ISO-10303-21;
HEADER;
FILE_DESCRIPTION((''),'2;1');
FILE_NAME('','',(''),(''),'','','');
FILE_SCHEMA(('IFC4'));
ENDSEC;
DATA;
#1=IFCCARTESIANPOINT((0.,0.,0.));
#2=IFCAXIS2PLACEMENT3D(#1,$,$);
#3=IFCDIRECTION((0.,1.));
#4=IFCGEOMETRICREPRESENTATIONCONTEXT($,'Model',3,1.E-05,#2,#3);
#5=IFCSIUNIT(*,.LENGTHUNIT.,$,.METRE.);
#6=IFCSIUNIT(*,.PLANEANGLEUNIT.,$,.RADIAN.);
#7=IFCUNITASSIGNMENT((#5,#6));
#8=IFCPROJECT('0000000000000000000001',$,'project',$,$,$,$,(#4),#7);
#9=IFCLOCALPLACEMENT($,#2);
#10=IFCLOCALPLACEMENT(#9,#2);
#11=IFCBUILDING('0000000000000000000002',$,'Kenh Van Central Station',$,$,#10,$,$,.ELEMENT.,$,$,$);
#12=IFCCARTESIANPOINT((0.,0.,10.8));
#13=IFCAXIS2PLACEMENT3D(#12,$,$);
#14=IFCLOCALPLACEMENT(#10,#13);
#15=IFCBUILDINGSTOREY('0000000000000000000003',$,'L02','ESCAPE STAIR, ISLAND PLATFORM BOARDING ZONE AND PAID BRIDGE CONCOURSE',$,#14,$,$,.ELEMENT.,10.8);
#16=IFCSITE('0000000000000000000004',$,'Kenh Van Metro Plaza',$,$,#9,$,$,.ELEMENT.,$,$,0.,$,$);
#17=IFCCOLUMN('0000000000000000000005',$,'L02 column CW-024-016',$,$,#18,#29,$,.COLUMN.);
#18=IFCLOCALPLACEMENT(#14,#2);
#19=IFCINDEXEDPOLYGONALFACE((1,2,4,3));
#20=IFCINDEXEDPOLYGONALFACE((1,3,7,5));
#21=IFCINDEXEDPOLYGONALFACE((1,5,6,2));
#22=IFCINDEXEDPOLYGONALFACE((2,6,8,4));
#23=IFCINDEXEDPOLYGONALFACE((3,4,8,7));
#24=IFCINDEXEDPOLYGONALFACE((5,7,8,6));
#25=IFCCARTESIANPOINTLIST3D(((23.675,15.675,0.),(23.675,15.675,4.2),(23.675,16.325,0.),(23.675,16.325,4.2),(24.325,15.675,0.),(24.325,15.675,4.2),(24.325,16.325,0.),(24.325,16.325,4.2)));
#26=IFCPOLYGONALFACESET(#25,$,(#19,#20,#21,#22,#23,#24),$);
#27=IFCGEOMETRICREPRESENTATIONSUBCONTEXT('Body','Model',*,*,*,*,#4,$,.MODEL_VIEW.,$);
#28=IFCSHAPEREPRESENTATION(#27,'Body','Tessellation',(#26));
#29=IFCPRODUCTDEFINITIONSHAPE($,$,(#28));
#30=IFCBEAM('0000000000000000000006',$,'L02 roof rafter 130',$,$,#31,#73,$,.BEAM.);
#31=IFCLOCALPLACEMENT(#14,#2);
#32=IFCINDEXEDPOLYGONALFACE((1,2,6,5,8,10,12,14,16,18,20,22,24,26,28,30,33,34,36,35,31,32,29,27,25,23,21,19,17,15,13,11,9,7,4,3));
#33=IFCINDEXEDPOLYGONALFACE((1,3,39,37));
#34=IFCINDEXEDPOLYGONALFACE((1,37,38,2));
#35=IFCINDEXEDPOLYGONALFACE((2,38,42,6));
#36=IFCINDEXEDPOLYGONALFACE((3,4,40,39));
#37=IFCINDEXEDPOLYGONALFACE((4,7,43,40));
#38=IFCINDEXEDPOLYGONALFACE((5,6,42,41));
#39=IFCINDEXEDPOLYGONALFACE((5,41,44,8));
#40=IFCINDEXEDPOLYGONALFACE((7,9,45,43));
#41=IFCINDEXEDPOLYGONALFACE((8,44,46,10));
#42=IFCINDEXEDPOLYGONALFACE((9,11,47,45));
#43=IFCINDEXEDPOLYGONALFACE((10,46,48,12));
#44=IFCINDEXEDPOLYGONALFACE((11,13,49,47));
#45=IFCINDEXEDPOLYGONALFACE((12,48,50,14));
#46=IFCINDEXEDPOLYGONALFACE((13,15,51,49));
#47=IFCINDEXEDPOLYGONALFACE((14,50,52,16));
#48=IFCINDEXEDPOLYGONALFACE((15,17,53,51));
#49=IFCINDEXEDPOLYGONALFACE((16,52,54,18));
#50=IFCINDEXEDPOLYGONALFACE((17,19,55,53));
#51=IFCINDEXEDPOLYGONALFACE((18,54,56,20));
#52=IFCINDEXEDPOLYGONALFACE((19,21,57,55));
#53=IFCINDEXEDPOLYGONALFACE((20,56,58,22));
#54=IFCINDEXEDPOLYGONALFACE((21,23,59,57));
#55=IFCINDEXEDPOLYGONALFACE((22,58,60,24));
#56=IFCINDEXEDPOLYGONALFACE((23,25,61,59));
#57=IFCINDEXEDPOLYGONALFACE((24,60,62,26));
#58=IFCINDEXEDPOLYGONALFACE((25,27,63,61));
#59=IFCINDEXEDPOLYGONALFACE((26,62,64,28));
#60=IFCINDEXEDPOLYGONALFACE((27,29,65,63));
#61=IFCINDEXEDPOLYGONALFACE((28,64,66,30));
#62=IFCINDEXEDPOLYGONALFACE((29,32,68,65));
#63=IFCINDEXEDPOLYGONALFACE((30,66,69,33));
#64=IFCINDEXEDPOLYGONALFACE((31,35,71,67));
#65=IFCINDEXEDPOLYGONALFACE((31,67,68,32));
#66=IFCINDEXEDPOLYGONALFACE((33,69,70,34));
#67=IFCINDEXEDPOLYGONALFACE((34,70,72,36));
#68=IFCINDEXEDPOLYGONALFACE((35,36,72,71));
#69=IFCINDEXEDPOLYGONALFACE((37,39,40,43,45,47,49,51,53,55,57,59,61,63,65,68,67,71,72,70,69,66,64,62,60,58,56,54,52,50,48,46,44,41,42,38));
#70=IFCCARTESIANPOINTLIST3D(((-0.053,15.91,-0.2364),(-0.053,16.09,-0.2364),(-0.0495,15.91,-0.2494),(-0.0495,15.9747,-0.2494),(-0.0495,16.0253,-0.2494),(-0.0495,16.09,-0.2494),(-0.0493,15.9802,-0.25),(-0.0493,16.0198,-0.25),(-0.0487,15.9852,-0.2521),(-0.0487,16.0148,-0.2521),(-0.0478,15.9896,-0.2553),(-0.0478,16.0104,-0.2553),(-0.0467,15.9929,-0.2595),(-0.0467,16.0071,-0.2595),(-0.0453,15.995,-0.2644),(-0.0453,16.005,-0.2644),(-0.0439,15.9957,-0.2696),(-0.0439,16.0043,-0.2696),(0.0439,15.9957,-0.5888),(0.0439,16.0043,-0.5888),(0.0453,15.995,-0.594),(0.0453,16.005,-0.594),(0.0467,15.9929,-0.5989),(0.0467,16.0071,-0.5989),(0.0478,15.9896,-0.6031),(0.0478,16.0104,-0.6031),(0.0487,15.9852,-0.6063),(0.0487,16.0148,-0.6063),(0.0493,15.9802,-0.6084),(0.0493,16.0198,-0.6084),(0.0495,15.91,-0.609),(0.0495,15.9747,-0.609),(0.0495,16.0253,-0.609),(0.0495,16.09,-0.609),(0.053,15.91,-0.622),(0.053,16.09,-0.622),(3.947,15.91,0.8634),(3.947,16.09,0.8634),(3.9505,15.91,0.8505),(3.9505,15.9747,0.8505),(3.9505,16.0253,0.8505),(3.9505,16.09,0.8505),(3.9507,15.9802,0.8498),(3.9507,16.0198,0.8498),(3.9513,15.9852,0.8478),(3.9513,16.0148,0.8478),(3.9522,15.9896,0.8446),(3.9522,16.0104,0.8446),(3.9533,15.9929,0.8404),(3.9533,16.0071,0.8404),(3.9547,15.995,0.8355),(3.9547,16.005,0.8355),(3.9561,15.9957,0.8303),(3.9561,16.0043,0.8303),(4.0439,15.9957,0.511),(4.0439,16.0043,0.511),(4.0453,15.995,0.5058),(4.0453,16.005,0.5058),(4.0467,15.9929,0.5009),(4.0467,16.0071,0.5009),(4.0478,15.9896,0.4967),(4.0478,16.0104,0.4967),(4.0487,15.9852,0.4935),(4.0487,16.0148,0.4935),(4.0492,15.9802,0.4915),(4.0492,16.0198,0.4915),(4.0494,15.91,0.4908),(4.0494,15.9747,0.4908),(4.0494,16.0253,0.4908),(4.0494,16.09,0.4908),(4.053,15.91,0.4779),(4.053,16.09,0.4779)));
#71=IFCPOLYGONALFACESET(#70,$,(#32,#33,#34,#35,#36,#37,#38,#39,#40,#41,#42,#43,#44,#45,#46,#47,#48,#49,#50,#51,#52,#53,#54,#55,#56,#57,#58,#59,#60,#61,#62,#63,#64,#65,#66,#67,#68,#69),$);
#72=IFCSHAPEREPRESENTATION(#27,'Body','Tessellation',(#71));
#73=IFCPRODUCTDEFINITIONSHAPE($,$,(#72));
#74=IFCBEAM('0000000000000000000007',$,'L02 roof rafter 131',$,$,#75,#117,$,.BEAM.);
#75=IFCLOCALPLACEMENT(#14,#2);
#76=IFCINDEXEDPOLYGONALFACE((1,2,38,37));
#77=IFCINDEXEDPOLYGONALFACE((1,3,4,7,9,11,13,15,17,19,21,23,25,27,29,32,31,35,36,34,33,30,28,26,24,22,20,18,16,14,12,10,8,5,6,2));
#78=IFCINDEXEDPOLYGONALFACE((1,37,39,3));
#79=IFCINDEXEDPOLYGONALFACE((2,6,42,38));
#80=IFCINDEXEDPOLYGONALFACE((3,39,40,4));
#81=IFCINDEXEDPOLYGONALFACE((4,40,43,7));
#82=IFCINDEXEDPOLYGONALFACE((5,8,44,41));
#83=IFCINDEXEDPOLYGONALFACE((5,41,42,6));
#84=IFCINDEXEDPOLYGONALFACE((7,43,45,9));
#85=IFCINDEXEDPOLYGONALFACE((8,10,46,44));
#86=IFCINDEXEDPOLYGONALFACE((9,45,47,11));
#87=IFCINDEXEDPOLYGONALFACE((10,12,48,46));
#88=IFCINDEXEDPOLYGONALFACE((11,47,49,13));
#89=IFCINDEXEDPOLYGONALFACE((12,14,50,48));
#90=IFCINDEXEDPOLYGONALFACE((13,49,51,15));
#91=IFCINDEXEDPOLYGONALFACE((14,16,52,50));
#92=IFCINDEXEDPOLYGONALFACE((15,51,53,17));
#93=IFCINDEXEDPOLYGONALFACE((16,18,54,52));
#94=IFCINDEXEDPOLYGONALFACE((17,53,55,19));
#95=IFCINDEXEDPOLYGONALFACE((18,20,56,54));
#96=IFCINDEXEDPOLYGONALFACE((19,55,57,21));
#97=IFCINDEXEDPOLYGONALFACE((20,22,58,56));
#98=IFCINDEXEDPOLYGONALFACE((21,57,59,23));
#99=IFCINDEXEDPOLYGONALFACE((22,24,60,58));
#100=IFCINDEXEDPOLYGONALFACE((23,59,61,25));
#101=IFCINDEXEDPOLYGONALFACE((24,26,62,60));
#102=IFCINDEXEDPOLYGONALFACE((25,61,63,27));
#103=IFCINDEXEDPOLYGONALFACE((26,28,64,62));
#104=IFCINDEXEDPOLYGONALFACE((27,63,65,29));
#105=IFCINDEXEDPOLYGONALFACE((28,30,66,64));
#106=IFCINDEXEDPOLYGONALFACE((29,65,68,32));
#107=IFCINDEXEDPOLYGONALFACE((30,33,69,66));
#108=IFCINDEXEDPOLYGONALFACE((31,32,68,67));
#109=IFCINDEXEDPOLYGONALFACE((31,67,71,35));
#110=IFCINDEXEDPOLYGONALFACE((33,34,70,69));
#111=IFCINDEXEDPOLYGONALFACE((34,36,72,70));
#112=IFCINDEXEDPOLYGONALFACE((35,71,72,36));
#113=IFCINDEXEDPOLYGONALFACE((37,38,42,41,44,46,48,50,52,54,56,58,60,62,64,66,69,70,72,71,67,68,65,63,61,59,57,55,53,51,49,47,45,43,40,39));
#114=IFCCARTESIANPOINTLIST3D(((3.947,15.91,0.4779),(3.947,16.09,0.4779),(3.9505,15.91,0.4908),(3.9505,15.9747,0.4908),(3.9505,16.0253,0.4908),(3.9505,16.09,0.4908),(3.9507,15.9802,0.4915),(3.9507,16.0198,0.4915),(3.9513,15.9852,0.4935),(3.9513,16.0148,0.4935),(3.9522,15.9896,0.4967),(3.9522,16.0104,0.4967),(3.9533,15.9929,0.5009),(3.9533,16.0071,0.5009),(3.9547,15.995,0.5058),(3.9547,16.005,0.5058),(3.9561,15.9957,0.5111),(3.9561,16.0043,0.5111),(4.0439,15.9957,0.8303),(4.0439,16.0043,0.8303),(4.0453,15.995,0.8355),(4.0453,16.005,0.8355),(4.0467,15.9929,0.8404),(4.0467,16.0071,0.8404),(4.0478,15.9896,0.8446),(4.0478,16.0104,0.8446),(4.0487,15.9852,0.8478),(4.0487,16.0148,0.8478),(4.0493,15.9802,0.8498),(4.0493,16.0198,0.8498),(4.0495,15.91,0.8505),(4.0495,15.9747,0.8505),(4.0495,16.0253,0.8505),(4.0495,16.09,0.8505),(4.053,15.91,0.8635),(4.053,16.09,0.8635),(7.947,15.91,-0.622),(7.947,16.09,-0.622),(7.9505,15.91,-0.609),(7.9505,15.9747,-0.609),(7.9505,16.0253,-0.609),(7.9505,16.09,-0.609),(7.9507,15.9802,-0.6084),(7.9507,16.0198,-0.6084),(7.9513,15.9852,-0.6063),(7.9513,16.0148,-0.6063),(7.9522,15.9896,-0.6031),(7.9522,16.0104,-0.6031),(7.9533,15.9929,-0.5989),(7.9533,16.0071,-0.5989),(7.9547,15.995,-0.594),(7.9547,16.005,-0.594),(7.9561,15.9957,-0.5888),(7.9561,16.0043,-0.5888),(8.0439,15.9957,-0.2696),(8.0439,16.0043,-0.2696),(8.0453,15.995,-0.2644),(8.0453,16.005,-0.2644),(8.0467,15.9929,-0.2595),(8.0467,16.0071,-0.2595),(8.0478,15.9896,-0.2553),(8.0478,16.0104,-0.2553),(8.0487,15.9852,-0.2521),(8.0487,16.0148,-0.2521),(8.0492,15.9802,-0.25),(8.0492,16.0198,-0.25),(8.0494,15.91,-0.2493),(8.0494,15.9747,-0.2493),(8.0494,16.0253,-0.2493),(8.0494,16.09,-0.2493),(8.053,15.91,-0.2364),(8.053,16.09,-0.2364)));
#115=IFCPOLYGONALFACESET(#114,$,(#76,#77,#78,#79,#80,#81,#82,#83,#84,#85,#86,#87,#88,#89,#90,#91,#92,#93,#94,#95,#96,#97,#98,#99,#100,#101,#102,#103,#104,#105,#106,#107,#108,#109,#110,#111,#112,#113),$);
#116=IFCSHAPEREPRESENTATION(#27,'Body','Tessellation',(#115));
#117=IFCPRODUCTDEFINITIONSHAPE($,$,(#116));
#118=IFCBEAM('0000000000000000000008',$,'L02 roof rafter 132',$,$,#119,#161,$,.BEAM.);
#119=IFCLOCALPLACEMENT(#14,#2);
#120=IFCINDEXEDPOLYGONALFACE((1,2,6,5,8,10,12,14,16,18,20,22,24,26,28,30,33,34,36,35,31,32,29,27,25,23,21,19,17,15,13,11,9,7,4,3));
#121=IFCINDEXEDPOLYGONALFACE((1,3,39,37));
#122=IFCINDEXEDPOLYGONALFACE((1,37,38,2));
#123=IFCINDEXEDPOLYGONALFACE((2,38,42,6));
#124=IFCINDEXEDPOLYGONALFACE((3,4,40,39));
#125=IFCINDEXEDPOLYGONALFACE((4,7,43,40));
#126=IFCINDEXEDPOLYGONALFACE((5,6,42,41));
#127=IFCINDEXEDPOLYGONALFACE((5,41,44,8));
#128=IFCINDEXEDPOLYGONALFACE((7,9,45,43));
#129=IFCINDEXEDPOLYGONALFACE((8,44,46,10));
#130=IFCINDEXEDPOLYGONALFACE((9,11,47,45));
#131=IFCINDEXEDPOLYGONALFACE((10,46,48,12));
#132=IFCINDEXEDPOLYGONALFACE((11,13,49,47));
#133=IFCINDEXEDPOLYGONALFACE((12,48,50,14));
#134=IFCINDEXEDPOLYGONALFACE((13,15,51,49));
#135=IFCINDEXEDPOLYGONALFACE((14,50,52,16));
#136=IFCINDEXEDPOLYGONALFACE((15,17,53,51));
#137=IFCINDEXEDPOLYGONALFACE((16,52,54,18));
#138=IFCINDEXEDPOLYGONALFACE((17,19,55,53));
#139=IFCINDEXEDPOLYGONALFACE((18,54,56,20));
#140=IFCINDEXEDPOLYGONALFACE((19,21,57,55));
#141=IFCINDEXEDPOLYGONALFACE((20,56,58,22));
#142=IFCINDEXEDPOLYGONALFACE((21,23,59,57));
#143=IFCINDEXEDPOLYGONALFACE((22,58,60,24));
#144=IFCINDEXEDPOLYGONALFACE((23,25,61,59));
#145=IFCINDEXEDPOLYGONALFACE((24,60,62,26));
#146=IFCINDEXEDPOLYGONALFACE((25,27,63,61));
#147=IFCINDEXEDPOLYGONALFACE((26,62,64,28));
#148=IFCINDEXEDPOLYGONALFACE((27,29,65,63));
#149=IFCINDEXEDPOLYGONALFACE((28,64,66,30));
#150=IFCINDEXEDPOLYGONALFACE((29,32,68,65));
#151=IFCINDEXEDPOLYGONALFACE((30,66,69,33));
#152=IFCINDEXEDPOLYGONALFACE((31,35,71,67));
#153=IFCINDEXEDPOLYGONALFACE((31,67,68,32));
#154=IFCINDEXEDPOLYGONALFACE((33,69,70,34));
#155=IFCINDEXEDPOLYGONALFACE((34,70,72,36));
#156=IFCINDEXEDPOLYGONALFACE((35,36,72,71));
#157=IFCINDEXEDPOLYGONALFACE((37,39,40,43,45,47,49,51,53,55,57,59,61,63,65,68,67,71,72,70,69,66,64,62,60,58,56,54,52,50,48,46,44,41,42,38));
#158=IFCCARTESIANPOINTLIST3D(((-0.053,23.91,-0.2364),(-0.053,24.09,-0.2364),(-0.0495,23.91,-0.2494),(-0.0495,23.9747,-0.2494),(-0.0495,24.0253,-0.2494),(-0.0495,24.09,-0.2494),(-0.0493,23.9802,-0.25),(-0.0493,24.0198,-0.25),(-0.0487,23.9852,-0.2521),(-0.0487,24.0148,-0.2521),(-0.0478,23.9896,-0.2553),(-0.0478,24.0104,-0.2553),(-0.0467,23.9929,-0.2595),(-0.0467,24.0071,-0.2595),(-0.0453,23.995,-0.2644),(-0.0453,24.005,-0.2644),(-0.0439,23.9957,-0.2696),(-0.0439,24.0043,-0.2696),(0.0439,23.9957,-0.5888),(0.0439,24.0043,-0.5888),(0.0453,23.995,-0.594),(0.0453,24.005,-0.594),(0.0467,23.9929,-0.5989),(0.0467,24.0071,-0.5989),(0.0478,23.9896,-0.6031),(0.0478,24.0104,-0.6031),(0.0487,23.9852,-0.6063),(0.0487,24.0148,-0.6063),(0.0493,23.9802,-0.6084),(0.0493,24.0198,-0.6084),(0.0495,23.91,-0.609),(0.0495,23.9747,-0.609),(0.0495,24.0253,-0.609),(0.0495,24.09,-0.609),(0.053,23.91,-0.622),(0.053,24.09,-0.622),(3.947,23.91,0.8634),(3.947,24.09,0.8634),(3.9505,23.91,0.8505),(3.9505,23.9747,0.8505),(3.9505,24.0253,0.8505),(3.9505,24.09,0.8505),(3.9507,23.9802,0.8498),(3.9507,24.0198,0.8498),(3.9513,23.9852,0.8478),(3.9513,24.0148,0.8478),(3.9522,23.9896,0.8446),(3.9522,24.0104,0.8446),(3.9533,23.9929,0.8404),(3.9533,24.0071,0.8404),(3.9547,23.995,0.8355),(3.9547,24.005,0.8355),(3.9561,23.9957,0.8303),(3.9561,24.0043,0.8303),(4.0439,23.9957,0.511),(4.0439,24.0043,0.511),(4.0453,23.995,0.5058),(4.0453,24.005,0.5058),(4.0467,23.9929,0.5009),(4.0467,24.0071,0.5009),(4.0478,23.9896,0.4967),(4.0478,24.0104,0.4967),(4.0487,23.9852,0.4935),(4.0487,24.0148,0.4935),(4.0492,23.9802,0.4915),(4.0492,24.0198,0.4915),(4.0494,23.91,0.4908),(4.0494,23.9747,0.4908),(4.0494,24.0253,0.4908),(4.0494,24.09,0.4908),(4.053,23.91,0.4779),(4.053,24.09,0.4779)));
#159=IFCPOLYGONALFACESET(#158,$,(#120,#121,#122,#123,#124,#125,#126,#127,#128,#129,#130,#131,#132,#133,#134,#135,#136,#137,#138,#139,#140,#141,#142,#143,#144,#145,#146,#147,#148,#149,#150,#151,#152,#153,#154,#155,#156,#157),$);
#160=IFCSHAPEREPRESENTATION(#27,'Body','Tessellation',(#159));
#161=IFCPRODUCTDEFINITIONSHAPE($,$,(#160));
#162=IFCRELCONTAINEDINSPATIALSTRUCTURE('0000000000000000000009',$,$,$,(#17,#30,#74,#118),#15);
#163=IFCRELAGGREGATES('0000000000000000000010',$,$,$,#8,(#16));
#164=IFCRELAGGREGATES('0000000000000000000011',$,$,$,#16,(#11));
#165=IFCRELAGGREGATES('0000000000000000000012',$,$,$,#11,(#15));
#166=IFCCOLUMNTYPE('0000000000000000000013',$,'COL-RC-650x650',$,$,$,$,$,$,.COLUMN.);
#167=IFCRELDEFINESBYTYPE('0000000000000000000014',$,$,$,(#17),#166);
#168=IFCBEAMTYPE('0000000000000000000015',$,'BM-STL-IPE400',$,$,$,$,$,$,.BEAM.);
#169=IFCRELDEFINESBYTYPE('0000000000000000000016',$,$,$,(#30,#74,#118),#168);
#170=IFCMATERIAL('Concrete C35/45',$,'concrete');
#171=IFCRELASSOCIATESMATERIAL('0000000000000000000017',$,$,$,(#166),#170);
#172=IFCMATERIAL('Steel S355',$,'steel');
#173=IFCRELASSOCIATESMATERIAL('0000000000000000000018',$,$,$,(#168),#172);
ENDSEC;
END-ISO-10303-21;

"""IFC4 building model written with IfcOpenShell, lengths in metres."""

from ifc_helpers import new_model, si_unit, direction, frame, origin, origin_2d, place, context, subcontext, project, spatial, rectangle, i_section, extrude, material, material_profile, profile_set, type_object, element, save


model = new_model("IFC4")

# Units and contexts
model_context = context("Model", 3, precision=1e-05, world=origin(), true_north=direction((0.0, 1.0)))
body_context = subcontext(model_context, "Body", "Model", "MODEL_VIEW")
ifc_project = project(units=[si_unit("LENGTHUNIT", "METRE"), si_unit("PLANEANGLEUNIT", "RADIAN")], contexts=[model_context])

# Site, building, storey
site_placement = place(None, origin())
site = spatial("IfcSite", under=ifc_project, at=site_placement, Name="Kenh Van Metro Plaza", CompositionType="ELEMENT", RefElevation=0.0)
building_placement = place(site_placement, origin())
building = spatial("IfcBuilding", under=site, at=building_placement, Name="Kenh Van Central Station", CompositionType="ELEMENT")
storey_placement = place(building_placement, frame((0.0, 0.0, 10.8)))
storey = spatial("IfcBuildingStorey", under=building, at=storey_placement, Name="L02", Description="ESCAPE STAIR, ISLAND PLATFORM BOARDING ZONE AND PAID BRIDGE CONCOURSE", CompositionType="ELEMENT", Elevation=10.8)

# Column
ifc_material_1 = material(Name="Concrete C35/45", Category="concrete")
ifc_material_profile_1 = material_profile(ifc_material_1, rectangle(XDim=0.6499, YDim=0.6499, at=origin_2d()), Name="RC 650x650")
ifc_profile_set_1 = profile_set([ifc_material_profile_1], Name="Concrete C35/45")
column_type = type_object("IfcColumnType", Name="COL-RC-650x650", PredefinedType="COLUMN", material=ifc_profile_set_1)
column_placement = place(storey_placement, frame((24.0, 16.0, 0.0), z_axis=(0.0, 0.0, 1.0), x_axis=(1.0, 0.0, 0.0)))
element("IfcColumn", 1, at=column_placement, inside=storey, type_object=column_type, Name="L02 column CW-024-016", PredefinedType="COLUMN", context=body_context, shape_type="SweptSolid", body=[
    extrude(rectangle(XDim=0.6499, YDim=0.6499, at=origin_2d()), origin(), (0.0, 0.0, 1.0), 4.2),
])

# Beams
ifc_material_2 = material(Name="Steel S355", Category="steel")
ifc_material_profile_2 = material_profile(ifc_material_2, i_section(OverallWidth=0.1799, OverallDepth=0.3999, WebThickness=0.0085, FlangeThickness=0.0134, FilletRadius=0.021, at=origin_2d()), Name="IPE 400")
ifc_profile_set_2 = profile_set([ifc_material_profile_2], Name="Steel S355")
beam_type_1 = type_object("IfcBeamType", Name="BM-STL-IPE400", PredefinedType="BEAM", material=ifc_profile_set_2)
for number, where, z_axis, x_axis, name in (
    (2, (0.0, 16.0, -0.4292), (0.964214, 0.0, 0.265124), (0.0, 1.0, 0.0), "L02 roof rafter 130"),
    (3, (4.0, 16.0, 0.6707), (0.964214, 0.0, -0.265124), (0.0, 1.0, 0.0), "L02 roof rafter 131"),
    (4, (0.0, 24.0, -0.4292), (0.964214, 0.0, 0.265124), (0.0, 1.0, 0.0), "L02 roof rafter 132"),
):
    element("IfcBeam", number, at=place(storey_placement, frame(where, z_axis=z_axis, x_axis=x_axis)), inside=storey, type_object=beam_type_1, Name=name, PredefinedType="BEAM", context=body_context, shape_type="SweptSolid", body=[
        extrude(i_section(OverallWidth=0.1799, OverallDepth=0.3999, WebThickness=0.0085, FlangeThickness=0.0134, FilletRadius=0.021, at=origin_2d()), origin(), (0.0, 0.0, 1.0), 4.1484),
    ])

save(model, "model.ifc")
